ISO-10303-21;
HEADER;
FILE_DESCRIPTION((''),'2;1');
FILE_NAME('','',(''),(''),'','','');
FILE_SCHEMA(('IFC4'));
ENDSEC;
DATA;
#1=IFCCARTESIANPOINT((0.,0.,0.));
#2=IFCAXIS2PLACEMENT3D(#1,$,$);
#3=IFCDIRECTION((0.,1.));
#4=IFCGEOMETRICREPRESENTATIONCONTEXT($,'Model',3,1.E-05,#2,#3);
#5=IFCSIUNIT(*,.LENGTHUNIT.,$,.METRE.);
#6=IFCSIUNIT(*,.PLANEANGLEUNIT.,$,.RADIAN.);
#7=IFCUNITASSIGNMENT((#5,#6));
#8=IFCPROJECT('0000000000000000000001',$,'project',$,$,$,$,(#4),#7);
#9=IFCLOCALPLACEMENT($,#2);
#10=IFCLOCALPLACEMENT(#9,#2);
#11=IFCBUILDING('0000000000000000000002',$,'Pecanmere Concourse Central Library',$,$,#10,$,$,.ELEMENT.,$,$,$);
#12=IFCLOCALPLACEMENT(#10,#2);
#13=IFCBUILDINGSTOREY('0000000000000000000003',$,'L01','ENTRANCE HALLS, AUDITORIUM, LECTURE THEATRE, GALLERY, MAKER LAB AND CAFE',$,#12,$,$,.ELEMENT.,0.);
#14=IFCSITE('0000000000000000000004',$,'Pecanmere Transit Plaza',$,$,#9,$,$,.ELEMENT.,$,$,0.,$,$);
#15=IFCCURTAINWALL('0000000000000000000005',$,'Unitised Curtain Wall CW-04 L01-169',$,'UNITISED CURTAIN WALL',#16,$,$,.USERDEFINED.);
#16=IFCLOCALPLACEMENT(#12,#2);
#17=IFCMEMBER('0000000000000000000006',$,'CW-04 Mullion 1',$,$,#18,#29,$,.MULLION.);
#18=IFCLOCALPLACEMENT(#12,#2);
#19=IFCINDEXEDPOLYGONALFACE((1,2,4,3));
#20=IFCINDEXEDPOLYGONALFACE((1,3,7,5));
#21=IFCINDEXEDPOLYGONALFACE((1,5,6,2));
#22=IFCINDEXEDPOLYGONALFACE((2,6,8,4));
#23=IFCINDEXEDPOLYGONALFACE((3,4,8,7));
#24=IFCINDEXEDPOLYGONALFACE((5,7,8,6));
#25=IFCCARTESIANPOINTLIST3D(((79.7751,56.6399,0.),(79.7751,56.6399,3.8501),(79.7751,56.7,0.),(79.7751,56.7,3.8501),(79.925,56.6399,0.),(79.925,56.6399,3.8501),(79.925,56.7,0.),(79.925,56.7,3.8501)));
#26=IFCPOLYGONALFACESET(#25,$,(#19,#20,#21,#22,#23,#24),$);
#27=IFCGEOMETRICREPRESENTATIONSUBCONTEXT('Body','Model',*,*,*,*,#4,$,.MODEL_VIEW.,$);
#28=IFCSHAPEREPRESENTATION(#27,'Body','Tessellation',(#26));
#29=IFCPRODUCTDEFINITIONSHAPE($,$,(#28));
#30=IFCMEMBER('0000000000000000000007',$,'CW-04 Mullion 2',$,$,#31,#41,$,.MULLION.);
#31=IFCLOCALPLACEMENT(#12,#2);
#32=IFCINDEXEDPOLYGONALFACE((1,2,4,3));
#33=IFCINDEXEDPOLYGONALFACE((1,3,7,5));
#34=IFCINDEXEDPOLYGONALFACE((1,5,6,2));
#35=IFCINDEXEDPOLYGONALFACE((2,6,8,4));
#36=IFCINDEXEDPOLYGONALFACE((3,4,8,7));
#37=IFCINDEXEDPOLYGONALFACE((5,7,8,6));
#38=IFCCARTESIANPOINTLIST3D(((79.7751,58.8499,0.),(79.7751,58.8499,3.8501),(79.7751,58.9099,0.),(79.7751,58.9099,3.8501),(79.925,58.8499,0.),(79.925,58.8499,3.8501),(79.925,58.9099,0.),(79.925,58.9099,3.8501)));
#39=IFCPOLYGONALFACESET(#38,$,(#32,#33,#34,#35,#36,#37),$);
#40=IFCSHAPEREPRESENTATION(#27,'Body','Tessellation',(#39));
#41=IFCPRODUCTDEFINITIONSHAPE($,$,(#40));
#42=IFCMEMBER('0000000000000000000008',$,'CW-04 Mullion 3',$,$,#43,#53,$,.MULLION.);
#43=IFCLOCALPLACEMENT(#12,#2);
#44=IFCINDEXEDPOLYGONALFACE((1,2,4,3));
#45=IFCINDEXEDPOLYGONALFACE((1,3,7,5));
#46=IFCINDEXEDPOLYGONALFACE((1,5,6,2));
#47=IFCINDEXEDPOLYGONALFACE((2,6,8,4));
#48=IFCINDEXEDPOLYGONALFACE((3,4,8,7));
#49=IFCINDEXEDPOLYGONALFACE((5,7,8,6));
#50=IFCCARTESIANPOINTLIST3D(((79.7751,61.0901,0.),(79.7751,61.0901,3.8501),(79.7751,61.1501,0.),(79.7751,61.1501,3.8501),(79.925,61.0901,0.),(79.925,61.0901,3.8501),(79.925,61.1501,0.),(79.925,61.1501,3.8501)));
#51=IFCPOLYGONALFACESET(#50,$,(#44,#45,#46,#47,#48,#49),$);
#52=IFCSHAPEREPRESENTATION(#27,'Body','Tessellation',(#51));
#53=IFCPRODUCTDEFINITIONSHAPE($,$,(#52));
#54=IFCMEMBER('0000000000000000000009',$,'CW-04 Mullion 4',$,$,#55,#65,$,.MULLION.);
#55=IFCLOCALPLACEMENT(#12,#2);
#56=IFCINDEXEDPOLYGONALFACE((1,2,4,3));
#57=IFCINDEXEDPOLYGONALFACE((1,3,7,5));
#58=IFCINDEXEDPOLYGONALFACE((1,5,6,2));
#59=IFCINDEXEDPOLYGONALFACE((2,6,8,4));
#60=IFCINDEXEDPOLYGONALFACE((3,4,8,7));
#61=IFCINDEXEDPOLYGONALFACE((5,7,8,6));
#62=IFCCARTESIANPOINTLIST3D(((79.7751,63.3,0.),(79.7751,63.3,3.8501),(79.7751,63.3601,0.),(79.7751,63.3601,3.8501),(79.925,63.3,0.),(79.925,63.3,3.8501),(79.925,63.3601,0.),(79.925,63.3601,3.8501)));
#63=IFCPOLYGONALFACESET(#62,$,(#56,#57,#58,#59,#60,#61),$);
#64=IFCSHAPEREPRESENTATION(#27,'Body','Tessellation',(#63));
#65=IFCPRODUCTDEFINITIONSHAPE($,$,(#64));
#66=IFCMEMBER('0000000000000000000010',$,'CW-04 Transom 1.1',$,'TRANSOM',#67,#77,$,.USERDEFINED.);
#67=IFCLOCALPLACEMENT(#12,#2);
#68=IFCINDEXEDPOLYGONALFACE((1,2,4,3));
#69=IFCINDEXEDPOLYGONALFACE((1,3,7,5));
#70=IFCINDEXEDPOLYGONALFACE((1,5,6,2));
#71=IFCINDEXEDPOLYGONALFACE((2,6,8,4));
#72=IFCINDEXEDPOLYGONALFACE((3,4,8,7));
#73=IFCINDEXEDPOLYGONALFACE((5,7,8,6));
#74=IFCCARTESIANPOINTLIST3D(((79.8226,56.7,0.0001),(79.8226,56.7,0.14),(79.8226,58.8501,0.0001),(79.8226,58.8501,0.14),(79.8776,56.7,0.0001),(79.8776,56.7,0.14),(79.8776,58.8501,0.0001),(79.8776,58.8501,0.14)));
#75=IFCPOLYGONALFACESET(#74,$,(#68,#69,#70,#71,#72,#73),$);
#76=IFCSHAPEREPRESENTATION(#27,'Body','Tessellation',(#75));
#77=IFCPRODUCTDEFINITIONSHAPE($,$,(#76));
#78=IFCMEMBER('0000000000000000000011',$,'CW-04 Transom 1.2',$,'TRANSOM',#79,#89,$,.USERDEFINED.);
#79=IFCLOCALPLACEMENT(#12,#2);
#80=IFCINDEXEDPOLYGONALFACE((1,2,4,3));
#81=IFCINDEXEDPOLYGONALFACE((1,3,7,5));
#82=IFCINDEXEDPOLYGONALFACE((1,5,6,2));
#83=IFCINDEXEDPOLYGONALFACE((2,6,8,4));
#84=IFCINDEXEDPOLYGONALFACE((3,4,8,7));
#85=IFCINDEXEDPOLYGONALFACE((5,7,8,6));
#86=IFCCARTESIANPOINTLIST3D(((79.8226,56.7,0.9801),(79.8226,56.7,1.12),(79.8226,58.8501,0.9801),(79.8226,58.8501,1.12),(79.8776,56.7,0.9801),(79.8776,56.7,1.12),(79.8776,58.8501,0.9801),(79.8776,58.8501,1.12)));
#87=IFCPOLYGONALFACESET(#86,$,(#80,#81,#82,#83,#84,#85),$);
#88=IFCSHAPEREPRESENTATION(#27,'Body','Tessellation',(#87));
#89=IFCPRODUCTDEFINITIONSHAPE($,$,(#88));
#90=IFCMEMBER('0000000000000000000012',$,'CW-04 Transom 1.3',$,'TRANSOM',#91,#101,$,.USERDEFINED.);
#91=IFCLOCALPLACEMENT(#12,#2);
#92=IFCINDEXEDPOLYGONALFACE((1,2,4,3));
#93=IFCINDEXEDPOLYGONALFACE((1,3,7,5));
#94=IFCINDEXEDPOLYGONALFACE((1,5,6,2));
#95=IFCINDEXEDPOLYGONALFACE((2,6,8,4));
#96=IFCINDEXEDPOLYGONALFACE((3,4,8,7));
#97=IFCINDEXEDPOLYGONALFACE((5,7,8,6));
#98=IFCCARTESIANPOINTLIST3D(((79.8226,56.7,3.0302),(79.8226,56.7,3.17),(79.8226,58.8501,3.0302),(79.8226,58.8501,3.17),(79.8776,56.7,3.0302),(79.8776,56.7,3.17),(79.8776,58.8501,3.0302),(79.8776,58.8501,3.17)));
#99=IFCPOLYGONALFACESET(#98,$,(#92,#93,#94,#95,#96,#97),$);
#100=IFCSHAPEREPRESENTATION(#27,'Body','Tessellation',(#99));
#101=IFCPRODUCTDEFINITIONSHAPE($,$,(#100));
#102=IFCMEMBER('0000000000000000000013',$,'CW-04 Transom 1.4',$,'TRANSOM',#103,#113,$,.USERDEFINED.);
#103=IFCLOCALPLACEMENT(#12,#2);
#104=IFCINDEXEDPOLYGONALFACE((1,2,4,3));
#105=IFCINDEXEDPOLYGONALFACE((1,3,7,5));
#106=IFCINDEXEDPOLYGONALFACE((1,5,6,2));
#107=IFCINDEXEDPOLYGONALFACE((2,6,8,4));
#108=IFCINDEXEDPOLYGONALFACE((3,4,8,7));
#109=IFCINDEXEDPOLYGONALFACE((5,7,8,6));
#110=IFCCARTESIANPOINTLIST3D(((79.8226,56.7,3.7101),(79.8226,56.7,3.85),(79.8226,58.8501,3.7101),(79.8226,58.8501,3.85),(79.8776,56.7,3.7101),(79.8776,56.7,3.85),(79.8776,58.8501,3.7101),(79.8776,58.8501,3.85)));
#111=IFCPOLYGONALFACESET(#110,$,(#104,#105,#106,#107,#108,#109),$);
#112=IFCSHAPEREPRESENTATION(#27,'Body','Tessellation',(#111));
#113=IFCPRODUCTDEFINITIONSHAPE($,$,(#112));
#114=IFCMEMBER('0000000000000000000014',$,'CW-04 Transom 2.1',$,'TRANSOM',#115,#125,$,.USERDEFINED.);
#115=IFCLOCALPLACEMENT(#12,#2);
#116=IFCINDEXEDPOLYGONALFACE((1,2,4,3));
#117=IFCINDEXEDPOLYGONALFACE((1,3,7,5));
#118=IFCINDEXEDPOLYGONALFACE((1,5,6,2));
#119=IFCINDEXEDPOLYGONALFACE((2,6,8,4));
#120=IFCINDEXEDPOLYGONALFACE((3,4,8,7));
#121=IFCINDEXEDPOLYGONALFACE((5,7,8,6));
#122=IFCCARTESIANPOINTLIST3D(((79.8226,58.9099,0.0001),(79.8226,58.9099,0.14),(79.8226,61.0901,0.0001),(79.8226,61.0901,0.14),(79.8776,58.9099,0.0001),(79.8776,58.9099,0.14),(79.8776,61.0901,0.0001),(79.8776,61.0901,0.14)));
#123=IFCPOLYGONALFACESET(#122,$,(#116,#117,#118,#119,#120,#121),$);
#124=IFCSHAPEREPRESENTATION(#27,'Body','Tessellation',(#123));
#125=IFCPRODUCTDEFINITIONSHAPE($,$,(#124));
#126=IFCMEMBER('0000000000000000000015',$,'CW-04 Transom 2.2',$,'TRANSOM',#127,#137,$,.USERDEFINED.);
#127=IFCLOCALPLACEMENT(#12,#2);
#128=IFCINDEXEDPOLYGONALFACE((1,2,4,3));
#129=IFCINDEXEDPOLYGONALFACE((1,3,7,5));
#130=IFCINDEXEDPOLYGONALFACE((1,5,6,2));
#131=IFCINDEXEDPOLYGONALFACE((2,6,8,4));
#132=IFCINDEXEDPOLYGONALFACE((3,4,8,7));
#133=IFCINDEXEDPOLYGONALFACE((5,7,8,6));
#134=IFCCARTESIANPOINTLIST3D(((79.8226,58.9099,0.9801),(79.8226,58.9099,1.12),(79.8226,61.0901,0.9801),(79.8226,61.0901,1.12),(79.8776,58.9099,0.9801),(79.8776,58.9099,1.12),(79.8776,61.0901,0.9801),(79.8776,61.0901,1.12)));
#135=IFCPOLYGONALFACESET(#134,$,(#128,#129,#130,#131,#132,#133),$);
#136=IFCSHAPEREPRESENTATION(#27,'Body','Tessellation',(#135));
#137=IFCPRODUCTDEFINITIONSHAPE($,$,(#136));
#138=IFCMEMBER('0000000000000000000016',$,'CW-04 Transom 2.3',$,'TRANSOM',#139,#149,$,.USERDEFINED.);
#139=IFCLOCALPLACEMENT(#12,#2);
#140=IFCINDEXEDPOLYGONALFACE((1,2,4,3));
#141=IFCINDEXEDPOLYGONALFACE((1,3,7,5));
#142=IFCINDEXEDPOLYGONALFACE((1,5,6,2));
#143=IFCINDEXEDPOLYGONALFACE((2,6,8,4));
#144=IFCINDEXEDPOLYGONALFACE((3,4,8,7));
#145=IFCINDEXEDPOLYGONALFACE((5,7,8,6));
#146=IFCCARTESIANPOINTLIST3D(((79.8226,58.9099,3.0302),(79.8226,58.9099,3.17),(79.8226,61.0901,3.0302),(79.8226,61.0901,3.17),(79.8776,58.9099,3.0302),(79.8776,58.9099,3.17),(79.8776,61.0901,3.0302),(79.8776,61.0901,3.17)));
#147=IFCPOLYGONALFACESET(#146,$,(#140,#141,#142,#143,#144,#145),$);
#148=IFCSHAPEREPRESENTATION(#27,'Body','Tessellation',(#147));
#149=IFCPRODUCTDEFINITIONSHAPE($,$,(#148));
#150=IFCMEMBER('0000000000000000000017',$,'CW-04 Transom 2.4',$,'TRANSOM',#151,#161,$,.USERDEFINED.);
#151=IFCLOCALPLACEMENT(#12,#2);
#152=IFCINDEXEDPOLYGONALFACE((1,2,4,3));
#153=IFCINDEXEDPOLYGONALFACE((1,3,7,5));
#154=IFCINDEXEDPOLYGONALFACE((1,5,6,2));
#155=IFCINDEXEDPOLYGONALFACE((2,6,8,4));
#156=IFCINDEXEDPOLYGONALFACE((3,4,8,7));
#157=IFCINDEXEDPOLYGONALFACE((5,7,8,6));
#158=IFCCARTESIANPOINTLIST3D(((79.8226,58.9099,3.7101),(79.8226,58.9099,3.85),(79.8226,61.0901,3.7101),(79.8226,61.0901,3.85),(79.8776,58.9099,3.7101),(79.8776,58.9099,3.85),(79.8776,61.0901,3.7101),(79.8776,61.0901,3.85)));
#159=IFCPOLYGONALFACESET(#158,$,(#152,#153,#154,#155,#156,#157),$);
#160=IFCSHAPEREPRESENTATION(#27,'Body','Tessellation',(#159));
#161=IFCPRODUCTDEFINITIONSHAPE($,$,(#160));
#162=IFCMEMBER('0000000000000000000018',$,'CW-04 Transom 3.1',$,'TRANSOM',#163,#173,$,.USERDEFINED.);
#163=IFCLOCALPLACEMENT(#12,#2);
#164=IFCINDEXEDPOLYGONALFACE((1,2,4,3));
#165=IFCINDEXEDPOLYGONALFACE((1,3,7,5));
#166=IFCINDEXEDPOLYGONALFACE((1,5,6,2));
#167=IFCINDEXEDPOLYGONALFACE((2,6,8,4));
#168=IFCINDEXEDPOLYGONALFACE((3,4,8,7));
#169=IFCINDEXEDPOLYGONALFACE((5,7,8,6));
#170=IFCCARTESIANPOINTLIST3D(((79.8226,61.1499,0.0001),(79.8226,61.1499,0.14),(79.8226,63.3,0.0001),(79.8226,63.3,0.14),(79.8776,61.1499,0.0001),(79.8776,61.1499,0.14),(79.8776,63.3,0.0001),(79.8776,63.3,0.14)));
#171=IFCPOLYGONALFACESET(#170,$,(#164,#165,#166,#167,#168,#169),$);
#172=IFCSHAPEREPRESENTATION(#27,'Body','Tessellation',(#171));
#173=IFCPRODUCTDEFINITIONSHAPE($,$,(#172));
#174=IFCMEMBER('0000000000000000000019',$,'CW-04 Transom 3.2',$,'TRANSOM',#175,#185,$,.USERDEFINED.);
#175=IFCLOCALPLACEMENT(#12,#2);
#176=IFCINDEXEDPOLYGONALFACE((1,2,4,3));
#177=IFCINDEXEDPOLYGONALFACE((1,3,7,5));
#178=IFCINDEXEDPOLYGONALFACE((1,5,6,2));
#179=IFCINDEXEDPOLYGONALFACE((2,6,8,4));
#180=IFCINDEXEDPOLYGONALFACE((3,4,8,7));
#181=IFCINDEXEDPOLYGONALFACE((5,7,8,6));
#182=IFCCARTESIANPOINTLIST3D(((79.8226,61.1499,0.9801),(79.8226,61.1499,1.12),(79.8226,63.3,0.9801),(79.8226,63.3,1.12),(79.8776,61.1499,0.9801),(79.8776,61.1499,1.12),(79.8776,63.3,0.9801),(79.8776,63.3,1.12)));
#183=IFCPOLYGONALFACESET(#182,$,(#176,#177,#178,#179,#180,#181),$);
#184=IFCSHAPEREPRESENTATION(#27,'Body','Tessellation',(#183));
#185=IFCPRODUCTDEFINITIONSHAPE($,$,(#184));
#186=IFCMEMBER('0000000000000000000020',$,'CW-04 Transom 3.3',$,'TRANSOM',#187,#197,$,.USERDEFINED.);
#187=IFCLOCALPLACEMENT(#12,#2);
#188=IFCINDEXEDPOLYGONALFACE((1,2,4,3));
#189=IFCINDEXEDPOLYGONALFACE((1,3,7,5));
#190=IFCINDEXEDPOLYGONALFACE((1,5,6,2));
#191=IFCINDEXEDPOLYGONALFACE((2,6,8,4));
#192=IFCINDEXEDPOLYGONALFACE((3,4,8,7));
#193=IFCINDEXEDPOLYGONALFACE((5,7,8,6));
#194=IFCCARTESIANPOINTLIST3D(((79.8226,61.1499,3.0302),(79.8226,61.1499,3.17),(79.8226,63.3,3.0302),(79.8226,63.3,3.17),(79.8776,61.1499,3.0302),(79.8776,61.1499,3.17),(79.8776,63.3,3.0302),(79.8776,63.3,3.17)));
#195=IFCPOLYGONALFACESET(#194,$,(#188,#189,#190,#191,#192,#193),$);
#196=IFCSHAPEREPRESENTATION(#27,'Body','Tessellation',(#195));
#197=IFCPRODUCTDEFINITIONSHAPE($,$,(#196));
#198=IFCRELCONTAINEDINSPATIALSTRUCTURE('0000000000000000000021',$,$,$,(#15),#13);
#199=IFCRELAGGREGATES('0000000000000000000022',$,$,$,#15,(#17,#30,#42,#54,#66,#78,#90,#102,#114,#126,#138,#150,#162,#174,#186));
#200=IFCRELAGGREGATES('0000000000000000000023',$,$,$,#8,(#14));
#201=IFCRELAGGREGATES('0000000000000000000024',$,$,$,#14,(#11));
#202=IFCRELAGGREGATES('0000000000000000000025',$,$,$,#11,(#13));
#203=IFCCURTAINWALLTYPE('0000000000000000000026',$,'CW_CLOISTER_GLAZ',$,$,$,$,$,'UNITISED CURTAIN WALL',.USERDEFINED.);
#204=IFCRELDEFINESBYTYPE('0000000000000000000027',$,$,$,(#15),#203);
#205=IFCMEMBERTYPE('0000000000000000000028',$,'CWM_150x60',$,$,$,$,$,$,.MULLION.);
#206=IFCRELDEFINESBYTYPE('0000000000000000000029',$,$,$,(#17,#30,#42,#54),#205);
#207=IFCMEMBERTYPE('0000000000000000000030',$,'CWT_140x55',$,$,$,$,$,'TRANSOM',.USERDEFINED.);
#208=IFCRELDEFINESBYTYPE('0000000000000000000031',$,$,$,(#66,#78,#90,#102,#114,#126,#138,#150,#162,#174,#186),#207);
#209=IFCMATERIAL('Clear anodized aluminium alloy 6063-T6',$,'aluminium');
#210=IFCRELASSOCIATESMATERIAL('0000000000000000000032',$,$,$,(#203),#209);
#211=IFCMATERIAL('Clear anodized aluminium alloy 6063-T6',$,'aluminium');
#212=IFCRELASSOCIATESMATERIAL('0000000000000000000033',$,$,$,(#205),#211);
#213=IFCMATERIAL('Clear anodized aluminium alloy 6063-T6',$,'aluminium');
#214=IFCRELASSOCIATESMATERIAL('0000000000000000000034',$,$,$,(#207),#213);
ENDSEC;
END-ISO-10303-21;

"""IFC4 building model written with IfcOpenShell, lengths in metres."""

from ifc_helpers import new_model, si_unit, direction, frame, origin, origin_2d, place, context, subcontext, project, spatial, rectangle, extrude, material, material_profile, profile_set, type_object, element, aggregate, save


model = new_model("IFC4")

# Units and contexts
model_context = context("Model", 3, precision=1e-05, world=origin(), true_north=direction((0.0, 1.0)))
body_context = subcontext(model_context, "Body", "Model", "MODEL_VIEW")
ifc_project = project(units=[si_unit("LENGTHUNIT", "METRE"), si_unit("PLANEANGLEUNIT", "RADIAN")], contexts=[model_context])

# Site, building, storey
site_placement = place(None, origin())
site = spatial("IfcSite", under=ifc_project, at=site_placement, Name="Pecanmere Transit Plaza", CompositionType="ELEMENT", RefElevation=0.0)
building_placement = place(site_placement, origin())
building = spatial("IfcBuilding", under=site, at=building_placement, Name="Pecanmere Concourse Central Library", CompositionType="ELEMENT")
storey_placement = place(building_placement, origin())
storey = spatial("IfcBuildingStorey", under=building, at=storey_placement, Name="L01", Description="ENTRANCE HALLS, AUDITORIUM, LECTURE THEATRE, GALLERY, MAKER LAB AND CAFE", CompositionType="ELEMENT", Elevation=0.0)

# Curtain wall, members
ifc_material_1 = material(Name="Clear anodized aluminium alloy 6063-T6", Category="aluminium")
curtain_wall_type = type_object("IfcCurtainWallType", Name="CW_CLOISTER_GLAZ", ElementType="UNITISED CURTAIN WALL", PredefinedType="USERDEFINED", material=ifc_material_1)
curtain_wall_placement = place(storey_placement, origin())
curtain_wall = element("IfcCurtainWall", 1, at=curtain_wall_placement, inside=storey, type_object=curtain_wall_type, Name="Unitised Curtain Wall CW-04 L01-169", ObjectType="UNITISED CURTAIN WALL", PredefinedType="USERDEFINED")
ifc_material_2 = material(Name="Clear anodized aluminium alloy 6063-T6", Category="aluminium")
ifc_material_profile_1 = material_profile(ifc_material_2, rectangle(XDim=0.0601, YDim=0.1499, at=origin_2d()), Name="AL 60x150")
ifc_profile_set_1 = profile_set([ifc_material_profile_1], Name="Clear anodized aluminium alloy 6063-T6")
member_type_1 = type_object("IfcMemberType", Name="CWM_150x60", PredefinedType="MULLION", material=ifc_profile_set_1)
member_1_placement = place(storey_placement, frame((79.8501, 56.6699, 0.0), z_axis=(0.0, 0.0, 1.0), x_axis=(0.0, 1.0, 0.0)))
member_1 = element("IfcMember", 2, at=member_1_placement, type_object=member_type_1, Name="CW-04 Mullion 1", PredefinedType="MULLION", context=body_context, shape_type="SweptSolid", body=[
    extrude(rectangle(XDim=0.0601, YDim=0.1499, at=origin_2d()), origin(), (0.0, 0.0, 1.0), 3.8501),
])
member_2_placement = place(storey_placement, frame((79.8501, 58.8799, 0.0), z_axis=(0.0, 0.0, 1.0), x_axis=(0.0, 1.0, 0.0)))
member_2 = element("IfcMember", 3, at=member_2_placement, type_object=member_type_1, Name="CW-04 Mullion 2", PredefinedType="MULLION", context=body_context, shape_type="SweptSolid", body=[
    extrude(rectangle(XDim=0.0601, YDim=0.1499, at=origin_2d()), origin(), (0.0, 0.0, 1.0), 3.8501),
])
member_3_placement = place(storey_placement, frame((79.8501, 61.1201, 0.0), z_axis=(0.0, 0.0, 1.0), x_axis=(0.0, 1.0, 0.0)))
member_3 = element("IfcMember", 4, at=member_3_placement, type_object=member_type_1, Name="CW-04 Mullion 3", PredefinedType="MULLION", context=body_context, shape_type="SweptSolid", body=[
    extrude(rectangle(XDim=0.0601, YDim=0.1499, at=origin_2d()), origin(), (0.0, 0.0, 1.0), 3.8501),
])
member_4_placement = place(storey_placement, frame((79.8501, 63.3301, 0.0), z_axis=(0.0, 0.0, 1.0), x_axis=(0.0, 1.0, 0.0)))
member_4 = element("IfcMember", 5, at=member_4_placement, type_object=member_type_1, Name="CW-04 Mullion 4", PredefinedType="MULLION", context=body_context, shape_type="SweptSolid", body=[
    extrude(rectangle(XDim=0.0601, YDim=0.1499, at=origin_2d()), origin(), (0.0, 0.0, 1.0), 3.8501),
])
ifc_material_3 = material(Name="Clear anodized aluminium alloy 6063-T6", Category="aluminium")
ifc_material_profile_2 = material_profile(ifc_material_3, rectangle(XDim=0.0549, YDim=0.1399, at=origin_2d()), Name="AL 55x140")
ifc_profile_set_2 = profile_set([ifc_material_profile_2], Name="Clear anodized aluminium alloy 6063-T6")
member_type_2 = type_object("IfcMemberType", Name="CWT_140x55", ElementType="TRANSOM", PredefinedType="USERDEFINED", material=ifc_profile_set_2)
member_5_placement = place(storey_placement, frame((79.8501, 56.7, 0.0701), z_axis=(0.0, 1.0, 0.0), x_axis=(-1.0, 0.0, 0.0)))
member_5 = element("IfcMember", 6, at=member_5_placement, type_object=member_type_2, Name="CW-04 Transom 1.1", ObjectType="TRANSOM", PredefinedType="USERDEFINED", context=body_context, shape_type="SweptSolid", body=[
    extrude(rectangle(XDim=0.0549, YDim=0.1399, at=origin_2d()), origin(), (0.0, 0.0, 1.0), 2.1501),
])
member_6_placement = place(storey_placement, frame((79.8501, 56.7, 1.05), z_axis=(0.0, 1.0, 0.0), x_axis=(-1.0, 0.0, 0.0)))
member_6 = element("IfcMember", 7, at=member_6_placement, type_object=member_type_2, Name="CW-04 Transom 1.2", ObjectType="TRANSOM", PredefinedType="USERDEFINED", context=body_context, shape_type="SweptSolid", body=[
    extrude(rectangle(XDim=0.0549, YDim=0.1399, at=origin_2d()), origin(), (0.0, 0.0, 1.0), 2.1501),
])
member_7_placement = place(storey_placement, frame((79.8501, 56.7, 3.1001), z_axis=(0.0, 1.0, 0.0), x_axis=(-1.0, 0.0, 0.0)))
member_7 = element("IfcMember", 8, at=member_7_placement, type_object=member_type_2, Name="CW-04 Transom 1.3", ObjectType="TRANSOM", PredefinedType="USERDEFINED", context=body_context, shape_type="SweptSolid", body=[
    extrude(rectangle(XDim=0.0549, YDim=0.1399, at=origin_2d()), origin(), (0.0, 0.0, 1.0), 2.1501),
])
member_8_placement = place(storey_placement, frame((79.8501, 56.7, 3.78), z_axis=(0.0, 1.0, 0.0), x_axis=(-1.0, 0.0, 0.0)))
member_8 = element("IfcMember", 9, at=member_8_placement, type_object=member_type_2, Name="CW-04 Transom 1.4", ObjectType="TRANSOM", PredefinedType="USERDEFINED", context=body_context, shape_type="SweptSolid", body=[
    extrude(rectangle(XDim=0.0549, YDim=0.1399, at=origin_2d()), origin(), (0.0, 0.0, 1.0), 2.1501),
])
member_9_placement = place(storey_placement, frame((79.8501, 58.9099, 0.0701), z_axis=(0.0, 1.0, 0.0), x_axis=(-1.0, 0.0, 0.0)))
member_9 = element("IfcMember", 10, at=member_9_placement, type_object=member_type_2, Name="CW-04 Transom 2.1", ObjectType="TRANSOM", PredefinedType="USERDEFINED", context=body_context, shape_type="SweptSolid", body=[
    extrude(rectangle(XDim=0.0549, YDim=0.1399, at=origin_2d()), origin(), (0.0, 0.0, 1.0), 2.1802),
])
member_10_placement = place(storey_placement, frame((79.8501, 58.9099, 1.05), z_axis=(0.0, 1.0, 0.0), x_axis=(-1.0, 0.0, 0.0)))
member_10 = element("IfcMember", 11, at=member_10_placement, type_object=member_type_2, Name="CW-04 Transom 2.2", ObjectType="TRANSOM", PredefinedType="USERDEFINED", context=body_context, shape_type="SweptSolid", body=[
    extrude(rectangle(XDim=0.0549, YDim=0.1399, at=origin_2d()), origin(), (0.0, 0.0, 1.0), 2.1802),
])
member_11_placement = place(storey_placement, frame((79.8501, 58.9099, 3.1001), z_axis=(0.0, 1.0, 0.0), x_axis=(-1.0, 0.0, 0.0)))
member_11 = element("IfcMember", 12, at=member_11_placement, type_object=member_type_2, Name="CW-04 Transom 2.3", ObjectType="TRANSOM", PredefinedType="USERDEFINED", context=body_context, shape_type="SweptSolid", body=[
    extrude(rectangle(XDim=0.0549, YDim=0.1399, at=origin_2d()), origin(), (0.0, 0.0, 1.0), 2.1802),
])
member_12_placement = place(storey_placement, frame((79.8501, 58.9099, 3.78), z_axis=(0.0, 1.0, 0.0), x_axis=(-1.0, 0.0, 0.0)))
member_12 = element("IfcMember", 13, at=member_12_placement, type_object=member_type_2, Name="CW-04 Transom 2.4", ObjectType="TRANSOM", PredefinedType="USERDEFINED", context=body_context, shape_type="SweptSolid", body=[
    extrude(rectangle(XDim=0.0549, YDim=0.1399, at=origin_2d()), origin(), (0.0, 0.0, 1.0), 2.1802),
])
member_13_placement = place(storey_placement, frame((79.8501, 61.1499, 0.0701), z_axis=(0.0, 1.0, 0.0), x_axis=(-1.0, 0.0, 0.0)))
member_13 = element("IfcMember", 14, at=member_13_placement, type_object=member_type_2, Name="CW-04 Transom 3.1", ObjectType="TRANSOM", PredefinedType="USERDEFINED", context=body_context, shape_type="SweptSolid", body=[
    extrude(rectangle(XDim=0.0549, YDim=0.1399, at=origin_2d()), origin(), (0.0, 0.0, 1.0), 2.1501),
])
member_14_placement = place(storey_placement, frame((79.8501, 61.1499, 1.05), z_axis=(0.0, 1.0, 0.0), x_axis=(-1.0, 0.0, 0.0)))
member_14 = element("IfcMember", 15, at=member_14_placement, type_object=member_type_2, Name="CW-04 Transom 3.2", ObjectType="TRANSOM", PredefinedType="USERDEFINED", context=body_context, shape_type="SweptSolid", body=[
    extrude(rectangle(XDim=0.0549, YDim=0.1399, at=origin_2d()), origin(), (0.0, 0.0, 1.0), 2.1501),
])
member_15_placement = place(storey_placement, frame((79.8501, 61.1499, 3.1001), z_axis=(0.0, 1.0, 0.0), x_axis=(-1.0, 0.0, 0.0)))
member_15 = element("IfcMember", 16, at=member_15_placement, type_object=member_type_2, Name="CW-04 Transom 3.3", ObjectType="TRANSOM", PredefinedType="USERDEFINED", context=body_context, shape_type="SweptSolid", body=[
    extrude(rectangle(XDim=0.0549, YDim=0.1399, at=origin_2d()), origin(), (0.0, 0.0, 1.0), 2.1501),
])
aggregate(curtain_wall, [member_1, member_2, member_3, member_4, member_5, member_6, member_7, member_8, member_9, member_10, member_11, member_12, member_13, member_14, member_15])

save(model, "model.ifc")
